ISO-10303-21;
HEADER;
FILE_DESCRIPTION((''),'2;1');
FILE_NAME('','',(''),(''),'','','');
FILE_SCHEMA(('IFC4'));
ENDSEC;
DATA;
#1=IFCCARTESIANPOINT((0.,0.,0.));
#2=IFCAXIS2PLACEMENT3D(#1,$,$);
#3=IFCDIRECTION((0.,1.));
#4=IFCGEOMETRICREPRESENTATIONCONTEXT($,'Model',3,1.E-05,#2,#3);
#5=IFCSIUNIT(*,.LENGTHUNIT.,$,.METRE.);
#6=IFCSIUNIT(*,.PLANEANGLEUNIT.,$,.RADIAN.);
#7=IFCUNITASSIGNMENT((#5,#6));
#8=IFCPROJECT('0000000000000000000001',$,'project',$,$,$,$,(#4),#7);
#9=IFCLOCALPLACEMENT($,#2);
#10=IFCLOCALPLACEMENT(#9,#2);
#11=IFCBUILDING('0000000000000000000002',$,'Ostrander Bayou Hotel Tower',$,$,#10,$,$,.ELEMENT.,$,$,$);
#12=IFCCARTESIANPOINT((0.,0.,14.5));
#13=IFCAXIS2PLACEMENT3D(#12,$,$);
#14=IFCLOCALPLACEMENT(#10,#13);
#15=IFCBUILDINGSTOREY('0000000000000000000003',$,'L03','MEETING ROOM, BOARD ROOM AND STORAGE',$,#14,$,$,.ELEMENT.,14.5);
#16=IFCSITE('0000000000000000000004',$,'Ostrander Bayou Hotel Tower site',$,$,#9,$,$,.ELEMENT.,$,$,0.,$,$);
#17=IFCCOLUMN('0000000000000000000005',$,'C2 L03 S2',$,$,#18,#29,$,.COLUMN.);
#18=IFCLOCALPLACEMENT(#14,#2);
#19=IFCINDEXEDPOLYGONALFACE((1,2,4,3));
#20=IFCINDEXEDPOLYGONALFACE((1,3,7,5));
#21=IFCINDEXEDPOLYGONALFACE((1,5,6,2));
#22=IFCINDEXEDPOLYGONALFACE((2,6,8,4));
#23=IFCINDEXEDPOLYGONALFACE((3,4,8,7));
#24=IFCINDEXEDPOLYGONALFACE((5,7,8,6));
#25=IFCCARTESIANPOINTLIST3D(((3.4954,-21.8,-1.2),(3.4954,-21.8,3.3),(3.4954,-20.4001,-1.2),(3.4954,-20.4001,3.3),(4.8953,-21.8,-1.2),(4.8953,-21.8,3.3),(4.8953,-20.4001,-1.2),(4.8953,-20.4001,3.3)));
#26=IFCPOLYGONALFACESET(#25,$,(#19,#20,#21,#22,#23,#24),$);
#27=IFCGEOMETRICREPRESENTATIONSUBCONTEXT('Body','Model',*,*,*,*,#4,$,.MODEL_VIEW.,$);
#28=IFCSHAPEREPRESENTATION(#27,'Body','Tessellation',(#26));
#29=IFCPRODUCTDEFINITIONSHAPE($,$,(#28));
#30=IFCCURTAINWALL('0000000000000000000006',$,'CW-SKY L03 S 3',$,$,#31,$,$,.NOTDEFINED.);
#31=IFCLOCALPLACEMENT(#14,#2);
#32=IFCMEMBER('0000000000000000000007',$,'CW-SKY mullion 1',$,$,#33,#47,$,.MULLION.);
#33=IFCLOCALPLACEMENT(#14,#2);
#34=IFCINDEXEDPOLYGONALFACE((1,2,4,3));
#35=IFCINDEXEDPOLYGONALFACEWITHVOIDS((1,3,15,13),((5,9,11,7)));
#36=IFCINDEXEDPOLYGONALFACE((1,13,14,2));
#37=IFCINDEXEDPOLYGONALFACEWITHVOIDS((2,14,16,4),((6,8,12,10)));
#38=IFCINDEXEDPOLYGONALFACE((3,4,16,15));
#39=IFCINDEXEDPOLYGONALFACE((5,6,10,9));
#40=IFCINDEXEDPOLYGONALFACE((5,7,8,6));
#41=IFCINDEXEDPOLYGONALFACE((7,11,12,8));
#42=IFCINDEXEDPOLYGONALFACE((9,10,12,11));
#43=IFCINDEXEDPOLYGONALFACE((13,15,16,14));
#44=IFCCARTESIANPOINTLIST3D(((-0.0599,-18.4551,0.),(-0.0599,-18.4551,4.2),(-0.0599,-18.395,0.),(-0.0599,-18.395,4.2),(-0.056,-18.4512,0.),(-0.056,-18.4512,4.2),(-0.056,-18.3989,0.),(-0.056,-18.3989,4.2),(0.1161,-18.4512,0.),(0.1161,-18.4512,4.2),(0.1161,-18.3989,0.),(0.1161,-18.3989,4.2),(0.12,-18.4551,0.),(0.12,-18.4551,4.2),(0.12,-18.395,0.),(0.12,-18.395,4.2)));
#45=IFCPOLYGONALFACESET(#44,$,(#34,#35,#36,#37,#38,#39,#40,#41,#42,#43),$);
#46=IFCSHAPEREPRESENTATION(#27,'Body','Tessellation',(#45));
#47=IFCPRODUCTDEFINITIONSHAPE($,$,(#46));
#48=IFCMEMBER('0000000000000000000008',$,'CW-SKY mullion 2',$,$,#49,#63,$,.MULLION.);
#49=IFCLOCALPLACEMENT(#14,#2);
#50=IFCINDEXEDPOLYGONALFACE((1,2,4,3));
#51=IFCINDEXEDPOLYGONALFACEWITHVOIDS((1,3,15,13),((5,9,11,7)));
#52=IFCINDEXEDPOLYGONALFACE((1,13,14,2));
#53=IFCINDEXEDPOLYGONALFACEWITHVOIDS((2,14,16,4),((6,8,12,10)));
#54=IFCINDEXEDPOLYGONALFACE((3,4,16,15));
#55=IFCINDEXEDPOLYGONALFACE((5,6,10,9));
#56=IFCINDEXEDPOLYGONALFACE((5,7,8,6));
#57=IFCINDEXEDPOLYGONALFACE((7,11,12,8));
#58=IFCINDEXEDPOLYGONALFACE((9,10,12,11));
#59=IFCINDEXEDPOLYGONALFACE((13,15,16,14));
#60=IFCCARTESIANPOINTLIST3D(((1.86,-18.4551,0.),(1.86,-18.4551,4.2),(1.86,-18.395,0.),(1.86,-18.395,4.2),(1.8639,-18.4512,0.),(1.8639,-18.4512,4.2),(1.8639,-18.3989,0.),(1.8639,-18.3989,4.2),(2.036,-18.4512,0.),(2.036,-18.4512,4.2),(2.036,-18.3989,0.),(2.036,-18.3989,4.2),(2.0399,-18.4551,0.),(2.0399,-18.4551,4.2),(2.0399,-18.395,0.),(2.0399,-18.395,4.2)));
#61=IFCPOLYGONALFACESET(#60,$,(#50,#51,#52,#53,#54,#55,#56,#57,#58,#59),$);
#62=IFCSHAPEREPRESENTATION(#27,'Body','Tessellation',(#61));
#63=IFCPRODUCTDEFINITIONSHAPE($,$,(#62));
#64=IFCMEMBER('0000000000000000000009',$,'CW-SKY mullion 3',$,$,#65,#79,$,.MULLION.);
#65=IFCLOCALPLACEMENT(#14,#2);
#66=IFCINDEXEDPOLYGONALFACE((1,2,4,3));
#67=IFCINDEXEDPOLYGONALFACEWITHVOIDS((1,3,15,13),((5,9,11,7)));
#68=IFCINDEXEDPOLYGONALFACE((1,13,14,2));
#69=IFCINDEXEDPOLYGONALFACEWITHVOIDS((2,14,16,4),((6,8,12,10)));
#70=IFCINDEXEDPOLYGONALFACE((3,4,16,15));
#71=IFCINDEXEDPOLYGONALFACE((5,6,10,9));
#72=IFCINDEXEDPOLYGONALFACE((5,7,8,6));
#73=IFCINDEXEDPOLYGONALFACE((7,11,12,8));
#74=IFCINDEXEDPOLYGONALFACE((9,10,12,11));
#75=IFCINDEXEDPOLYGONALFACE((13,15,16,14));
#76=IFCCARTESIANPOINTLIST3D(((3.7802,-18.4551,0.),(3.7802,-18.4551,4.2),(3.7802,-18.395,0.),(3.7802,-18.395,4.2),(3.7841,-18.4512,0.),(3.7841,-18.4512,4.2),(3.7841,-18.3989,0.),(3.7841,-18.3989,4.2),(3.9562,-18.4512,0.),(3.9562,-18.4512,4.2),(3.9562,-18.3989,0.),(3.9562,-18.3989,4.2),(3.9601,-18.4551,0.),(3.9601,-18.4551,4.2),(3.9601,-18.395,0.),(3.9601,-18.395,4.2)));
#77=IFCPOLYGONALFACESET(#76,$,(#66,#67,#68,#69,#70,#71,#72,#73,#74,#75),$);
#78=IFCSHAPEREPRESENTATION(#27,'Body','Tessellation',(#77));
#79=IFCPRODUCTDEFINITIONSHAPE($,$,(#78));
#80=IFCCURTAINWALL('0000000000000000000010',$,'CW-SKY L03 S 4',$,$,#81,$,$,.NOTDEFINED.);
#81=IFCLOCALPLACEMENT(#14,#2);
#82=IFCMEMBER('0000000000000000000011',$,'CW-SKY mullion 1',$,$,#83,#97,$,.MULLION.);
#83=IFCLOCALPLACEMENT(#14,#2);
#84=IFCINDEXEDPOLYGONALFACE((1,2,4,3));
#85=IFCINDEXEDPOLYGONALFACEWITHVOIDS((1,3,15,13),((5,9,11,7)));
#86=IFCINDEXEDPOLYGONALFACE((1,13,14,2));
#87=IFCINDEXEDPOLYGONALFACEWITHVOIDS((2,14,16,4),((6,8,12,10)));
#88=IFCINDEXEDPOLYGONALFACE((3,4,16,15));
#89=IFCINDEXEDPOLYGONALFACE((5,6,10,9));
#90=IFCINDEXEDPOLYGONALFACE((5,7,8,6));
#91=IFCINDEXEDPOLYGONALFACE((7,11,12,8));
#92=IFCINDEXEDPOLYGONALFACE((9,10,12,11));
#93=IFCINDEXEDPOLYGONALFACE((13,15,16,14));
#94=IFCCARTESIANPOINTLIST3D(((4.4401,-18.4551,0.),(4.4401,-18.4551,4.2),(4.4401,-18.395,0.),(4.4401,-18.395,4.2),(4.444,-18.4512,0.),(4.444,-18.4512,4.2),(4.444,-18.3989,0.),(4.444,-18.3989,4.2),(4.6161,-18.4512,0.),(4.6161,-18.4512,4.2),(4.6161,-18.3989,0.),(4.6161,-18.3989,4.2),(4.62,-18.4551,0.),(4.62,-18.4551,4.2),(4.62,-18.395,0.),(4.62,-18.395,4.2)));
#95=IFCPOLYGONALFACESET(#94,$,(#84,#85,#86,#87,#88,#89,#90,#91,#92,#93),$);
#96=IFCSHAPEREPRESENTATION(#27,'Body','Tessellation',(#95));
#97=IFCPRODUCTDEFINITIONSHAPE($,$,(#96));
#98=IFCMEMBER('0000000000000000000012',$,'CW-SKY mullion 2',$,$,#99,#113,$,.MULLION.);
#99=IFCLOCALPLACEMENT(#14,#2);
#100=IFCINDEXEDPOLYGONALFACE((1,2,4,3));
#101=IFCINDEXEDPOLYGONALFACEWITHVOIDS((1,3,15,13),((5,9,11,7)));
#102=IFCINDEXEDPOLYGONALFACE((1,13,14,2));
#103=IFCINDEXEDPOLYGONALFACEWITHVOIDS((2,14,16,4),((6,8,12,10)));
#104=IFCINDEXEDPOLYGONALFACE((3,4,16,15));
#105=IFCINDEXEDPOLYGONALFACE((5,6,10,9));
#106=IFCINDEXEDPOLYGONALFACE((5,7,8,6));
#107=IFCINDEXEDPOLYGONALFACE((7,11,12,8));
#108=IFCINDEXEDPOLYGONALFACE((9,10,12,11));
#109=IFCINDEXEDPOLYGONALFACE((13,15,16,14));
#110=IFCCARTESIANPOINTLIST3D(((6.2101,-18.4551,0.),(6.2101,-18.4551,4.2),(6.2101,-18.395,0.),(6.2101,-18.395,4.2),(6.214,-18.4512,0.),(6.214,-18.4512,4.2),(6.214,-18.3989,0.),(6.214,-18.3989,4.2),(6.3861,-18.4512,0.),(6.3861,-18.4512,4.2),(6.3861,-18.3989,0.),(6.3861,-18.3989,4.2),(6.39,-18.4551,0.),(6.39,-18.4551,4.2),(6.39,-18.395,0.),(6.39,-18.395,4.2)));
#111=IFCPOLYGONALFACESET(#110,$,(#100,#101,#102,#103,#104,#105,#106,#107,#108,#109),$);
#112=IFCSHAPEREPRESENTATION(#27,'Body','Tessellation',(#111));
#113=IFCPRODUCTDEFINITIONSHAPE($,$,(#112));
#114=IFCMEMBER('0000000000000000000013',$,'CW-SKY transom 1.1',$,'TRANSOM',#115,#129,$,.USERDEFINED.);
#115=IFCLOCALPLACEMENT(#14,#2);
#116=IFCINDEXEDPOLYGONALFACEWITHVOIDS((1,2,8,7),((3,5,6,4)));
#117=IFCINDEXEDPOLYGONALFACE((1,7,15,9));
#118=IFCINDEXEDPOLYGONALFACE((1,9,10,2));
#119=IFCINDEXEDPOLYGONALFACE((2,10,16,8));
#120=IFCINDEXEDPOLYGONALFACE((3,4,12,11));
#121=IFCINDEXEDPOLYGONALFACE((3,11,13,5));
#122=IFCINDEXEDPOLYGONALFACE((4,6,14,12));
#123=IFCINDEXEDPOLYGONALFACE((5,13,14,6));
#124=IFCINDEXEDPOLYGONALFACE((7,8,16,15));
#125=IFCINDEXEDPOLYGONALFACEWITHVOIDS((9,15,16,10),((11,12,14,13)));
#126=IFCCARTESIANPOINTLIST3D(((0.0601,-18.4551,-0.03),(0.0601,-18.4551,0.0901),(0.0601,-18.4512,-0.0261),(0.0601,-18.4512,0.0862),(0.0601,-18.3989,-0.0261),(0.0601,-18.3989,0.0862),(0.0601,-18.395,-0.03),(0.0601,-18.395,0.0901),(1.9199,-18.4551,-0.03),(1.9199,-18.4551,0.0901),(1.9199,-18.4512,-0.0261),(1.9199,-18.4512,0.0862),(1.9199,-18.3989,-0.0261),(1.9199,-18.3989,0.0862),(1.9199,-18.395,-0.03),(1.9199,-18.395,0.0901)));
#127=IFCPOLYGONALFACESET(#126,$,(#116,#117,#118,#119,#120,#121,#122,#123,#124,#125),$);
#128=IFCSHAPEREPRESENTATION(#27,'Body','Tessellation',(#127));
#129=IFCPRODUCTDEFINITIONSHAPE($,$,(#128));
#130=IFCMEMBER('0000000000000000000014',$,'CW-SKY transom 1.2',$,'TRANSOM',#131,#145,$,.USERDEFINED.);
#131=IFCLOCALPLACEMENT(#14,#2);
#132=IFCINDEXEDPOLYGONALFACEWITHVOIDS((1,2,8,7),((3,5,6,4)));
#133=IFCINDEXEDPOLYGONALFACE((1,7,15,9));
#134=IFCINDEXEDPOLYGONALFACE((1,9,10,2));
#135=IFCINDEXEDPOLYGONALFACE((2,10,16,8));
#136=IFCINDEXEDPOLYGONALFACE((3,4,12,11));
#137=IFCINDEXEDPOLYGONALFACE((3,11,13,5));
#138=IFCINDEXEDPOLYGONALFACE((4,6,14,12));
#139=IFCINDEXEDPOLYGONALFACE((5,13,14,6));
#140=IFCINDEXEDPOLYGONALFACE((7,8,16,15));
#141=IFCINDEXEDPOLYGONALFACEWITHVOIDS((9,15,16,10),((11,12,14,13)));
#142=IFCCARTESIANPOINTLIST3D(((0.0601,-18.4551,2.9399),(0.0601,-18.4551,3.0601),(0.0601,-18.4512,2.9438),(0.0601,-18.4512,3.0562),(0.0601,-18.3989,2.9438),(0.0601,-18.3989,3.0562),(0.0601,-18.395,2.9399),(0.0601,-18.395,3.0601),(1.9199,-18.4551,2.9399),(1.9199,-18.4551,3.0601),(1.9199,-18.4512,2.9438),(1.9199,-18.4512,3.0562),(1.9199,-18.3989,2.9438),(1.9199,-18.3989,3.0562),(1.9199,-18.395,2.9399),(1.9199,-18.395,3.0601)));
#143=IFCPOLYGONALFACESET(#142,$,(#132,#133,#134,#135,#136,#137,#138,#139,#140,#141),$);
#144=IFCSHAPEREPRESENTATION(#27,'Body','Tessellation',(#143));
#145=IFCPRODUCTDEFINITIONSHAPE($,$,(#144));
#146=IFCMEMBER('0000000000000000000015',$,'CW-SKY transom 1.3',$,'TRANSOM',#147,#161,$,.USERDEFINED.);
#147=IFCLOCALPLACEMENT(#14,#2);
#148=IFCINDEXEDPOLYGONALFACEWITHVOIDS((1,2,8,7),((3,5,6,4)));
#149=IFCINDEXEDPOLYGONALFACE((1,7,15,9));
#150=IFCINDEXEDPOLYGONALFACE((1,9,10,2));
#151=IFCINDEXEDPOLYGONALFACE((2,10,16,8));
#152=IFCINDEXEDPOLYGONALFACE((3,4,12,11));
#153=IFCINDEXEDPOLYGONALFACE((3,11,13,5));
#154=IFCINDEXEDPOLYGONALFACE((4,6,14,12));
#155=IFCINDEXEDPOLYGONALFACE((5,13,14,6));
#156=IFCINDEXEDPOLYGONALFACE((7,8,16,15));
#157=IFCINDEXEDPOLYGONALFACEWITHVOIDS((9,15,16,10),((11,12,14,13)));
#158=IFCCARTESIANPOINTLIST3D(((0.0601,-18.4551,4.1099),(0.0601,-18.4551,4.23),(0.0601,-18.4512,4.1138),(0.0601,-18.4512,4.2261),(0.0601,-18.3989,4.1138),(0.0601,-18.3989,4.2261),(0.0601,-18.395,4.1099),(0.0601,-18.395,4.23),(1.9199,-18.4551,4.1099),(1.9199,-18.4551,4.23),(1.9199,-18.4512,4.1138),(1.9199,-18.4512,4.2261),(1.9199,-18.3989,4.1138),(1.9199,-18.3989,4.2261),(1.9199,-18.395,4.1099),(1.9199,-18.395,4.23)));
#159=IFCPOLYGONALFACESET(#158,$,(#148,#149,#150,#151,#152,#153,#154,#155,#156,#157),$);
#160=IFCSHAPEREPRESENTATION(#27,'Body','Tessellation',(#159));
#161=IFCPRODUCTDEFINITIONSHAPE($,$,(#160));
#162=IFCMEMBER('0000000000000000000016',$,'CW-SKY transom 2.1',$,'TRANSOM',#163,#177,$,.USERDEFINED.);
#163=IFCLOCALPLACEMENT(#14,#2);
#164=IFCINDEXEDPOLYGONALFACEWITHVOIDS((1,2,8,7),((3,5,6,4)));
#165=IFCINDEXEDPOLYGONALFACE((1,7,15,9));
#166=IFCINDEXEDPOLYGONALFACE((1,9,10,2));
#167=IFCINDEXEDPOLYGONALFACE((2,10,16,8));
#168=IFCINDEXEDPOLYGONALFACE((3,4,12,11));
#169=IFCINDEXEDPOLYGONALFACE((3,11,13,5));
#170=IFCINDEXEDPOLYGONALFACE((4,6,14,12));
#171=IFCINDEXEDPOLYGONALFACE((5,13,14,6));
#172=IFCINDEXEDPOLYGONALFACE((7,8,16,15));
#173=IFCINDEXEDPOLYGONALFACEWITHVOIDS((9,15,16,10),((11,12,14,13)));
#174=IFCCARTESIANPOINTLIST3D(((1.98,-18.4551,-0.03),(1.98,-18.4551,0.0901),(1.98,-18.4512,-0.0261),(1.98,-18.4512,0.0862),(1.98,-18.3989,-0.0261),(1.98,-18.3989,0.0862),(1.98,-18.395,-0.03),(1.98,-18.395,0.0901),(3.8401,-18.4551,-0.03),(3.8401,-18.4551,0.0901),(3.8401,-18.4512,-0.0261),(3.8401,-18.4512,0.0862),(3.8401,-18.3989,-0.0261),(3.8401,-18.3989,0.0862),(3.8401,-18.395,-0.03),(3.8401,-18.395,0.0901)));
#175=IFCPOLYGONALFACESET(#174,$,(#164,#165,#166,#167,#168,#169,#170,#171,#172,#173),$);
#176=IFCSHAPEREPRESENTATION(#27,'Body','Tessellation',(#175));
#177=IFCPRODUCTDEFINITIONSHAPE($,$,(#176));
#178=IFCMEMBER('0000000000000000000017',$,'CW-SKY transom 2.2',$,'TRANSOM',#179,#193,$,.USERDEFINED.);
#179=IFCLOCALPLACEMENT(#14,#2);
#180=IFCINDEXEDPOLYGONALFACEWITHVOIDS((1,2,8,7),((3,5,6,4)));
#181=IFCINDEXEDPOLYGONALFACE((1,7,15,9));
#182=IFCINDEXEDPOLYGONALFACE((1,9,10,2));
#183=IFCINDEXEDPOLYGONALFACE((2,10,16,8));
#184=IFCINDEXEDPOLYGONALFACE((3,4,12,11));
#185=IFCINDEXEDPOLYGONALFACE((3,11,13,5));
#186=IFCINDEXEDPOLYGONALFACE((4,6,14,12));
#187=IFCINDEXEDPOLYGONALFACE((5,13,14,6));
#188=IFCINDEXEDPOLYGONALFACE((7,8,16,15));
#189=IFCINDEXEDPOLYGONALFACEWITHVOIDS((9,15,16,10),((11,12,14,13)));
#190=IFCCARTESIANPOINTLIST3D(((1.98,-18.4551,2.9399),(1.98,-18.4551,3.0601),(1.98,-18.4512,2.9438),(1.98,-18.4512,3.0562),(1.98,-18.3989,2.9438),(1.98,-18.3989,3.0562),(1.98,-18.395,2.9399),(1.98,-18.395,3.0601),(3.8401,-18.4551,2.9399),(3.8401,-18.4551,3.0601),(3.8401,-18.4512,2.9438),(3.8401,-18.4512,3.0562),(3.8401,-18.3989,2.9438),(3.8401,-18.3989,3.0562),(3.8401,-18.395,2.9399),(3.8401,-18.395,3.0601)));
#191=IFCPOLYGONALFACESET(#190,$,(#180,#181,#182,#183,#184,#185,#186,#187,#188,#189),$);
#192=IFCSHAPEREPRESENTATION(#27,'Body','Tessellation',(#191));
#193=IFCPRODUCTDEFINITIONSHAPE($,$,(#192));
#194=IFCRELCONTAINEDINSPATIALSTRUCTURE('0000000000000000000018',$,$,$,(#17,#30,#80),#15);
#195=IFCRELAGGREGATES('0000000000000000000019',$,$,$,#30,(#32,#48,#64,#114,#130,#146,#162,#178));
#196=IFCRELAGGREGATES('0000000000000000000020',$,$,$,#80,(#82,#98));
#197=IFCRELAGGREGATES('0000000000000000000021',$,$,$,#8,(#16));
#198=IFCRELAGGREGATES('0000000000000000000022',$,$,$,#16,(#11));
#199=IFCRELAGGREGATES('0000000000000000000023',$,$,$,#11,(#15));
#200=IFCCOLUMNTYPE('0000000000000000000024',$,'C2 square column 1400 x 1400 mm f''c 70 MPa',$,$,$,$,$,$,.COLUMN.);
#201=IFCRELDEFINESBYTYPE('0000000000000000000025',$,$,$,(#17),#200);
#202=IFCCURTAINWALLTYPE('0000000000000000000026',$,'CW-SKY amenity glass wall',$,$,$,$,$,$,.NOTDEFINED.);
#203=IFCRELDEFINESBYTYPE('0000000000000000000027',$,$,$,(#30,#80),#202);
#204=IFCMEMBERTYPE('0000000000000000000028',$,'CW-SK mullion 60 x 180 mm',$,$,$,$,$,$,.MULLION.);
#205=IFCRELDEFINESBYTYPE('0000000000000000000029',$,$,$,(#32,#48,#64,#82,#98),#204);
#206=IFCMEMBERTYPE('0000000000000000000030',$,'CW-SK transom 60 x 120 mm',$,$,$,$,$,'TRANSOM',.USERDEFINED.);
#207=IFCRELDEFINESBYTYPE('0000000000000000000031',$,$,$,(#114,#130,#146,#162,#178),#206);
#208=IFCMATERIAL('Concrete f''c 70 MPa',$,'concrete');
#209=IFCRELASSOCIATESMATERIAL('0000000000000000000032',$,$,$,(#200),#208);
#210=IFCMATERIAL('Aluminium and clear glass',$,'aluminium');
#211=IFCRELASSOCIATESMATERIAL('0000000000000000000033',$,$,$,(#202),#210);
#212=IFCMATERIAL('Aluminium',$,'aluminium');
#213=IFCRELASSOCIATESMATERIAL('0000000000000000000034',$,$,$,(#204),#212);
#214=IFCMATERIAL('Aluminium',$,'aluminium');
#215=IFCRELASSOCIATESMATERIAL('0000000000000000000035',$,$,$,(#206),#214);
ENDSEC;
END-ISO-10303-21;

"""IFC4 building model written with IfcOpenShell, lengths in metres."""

from ifc_helpers import new_model, si_unit, direction, frame, origin, origin_2d, place, context, subcontext, project, spatial, rectangle, hollow_rectangle, extrude, material, material_profile, profile_set, type_object, element, aggregate, save


model = new_model("IFC4")

# Units and contexts
model_context = context("Model", 3, precision=1e-05, world=origin(), true_north=direction((0.0, 1.0)))
body_context = subcontext(model_context, "Body", "Model", "MODEL_VIEW")
ifc_project = project(units=[si_unit("LENGTHUNIT", "METRE"), si_unit("PLANEANGLEUNIT", "RADIAN")], contexts=[model_context])

# Site, building, storey
site_placement = place(None, origin())
site = spatial("IfcSite", under=ifc_project, at=site_placement, Name="Ostrander Bayou Hotel Tower site", CompositionType="ELEMENT", RefElevation=0.0)
building_placement = place(site_placement, origin())
building = spatial("IfcBuilding", under=site, at=building_placement, Name="Ostrander Bayou Hotel Tower", CompositionType="ELEMENT")
storey_placement = place(building_placement, frame((0.0, 0.0, 14.5)))
storey = spatial("IfcBuildingStorey", under=building, at=storey_placement, Name="L03", Description="MEETING ROOM, BOARD ROOM AND STORAGE", CompositionType="ELEMENT", Elevation=14.5)

# Column
ifc_material_1 = material(Name="Concrete f'c 70 MPa", Category="concrete")
ifc_material_profile_1 = material_profile(ifc_material_1, rectangle(XDim=1.3999, YDim=1.3999, at=origin_2d()))
ifc_profile_set_1 = profile_set([ifc_material_profile_1], Name="Concrete f'c 70 MPa")
column_type = type_object("IfcColumnType", Name="C2 square column 1400 x 1400 mm f'c 70 MPa", PredefinedType="COLUMN", material=ifc_profile_set_1)
column_placement = place(storey_placement, frame((4.1953, -21.1001, -1.2), z_axis=(0.0, 0.0, 1.0), x_axis=(-1.0, 0.0, 0.0)))
element("IfcColumn", 1, at=column_placement, inside=storey, type_object=column_type, Name="C2 L03 S2", PredefinedType="COLUMN", context=body_context, shape_type="SweptSolid", body=[
    extrude(rectangle(XDim=1.3999, YDim=1.3999, at=origin_2d()), origin(), (0.0, 0.0, 1.0), 4.5),
])

# Curtain walls, members
ifc_material_2 = material(Name="Aluminium and clear glass", Category="aluminium")
curtain_wall_type = type_object("IfcCurtainWallType", Name="CW-SKY amenity glass wall", PredefinedType="NOTDEFINED", material=ifc_material_2)
curtain_wall_1_placement = place(storey_placement, origin())
curtain_wall_1 = element("IfcCurtainWall", 2, at=curtain_wall_1_placement, inside=storey, type_object=curtain_wall_type, Name="CW-SKY L03 S 3", PredefinedType="NOTDEFINED")
ifc_material_3 = material(Name="Aluminium", Category="aluminium")
ifc_material_profile_2 = material_profile(ifc_material_3, hollow_rectangle(XDim=0.0601, YDim=0.1799, WallThickness=0.0039, at=origin_2d()))
ifc_profile_set_2 = profile_set([ifc_material_profile_2], Name="Aluminium")
member_type_1 = type_object("IfcMemberType", Name="CW-SK mullion 60 x 180 mm", PredefinedType="MULLION", material=ifc_profile_set_2)
member_1_placement = place(storey_placement, frame((0.03, -18.425, 0.0), z_axis=(0.0, 0.0, 1.0), x_axis=(0.0, 1.0, 0.0)))
member_1 = element("IfcMember", 3, at=member_1_placement, type_object=member_type_1, Name="CW-SKY mullion 1", PredefinedType="MULLION", context=body_context, shape_type="SweptSolid", body=[
    extrude(hollow_rectangle(XDim=0.0601, YDim=0.1799, WallThickness=0.0039, at=origin_2d()), origin(), (0.0, 0.0, 1.0), 4.2),
])
member_2_placement = place(storey_placement, frame((1.95, -18.425, 0.0), z_axis=(0.0, 0.0, 1.0), x_axis=(0.0, 1.0, 0.0)))
member_2 = element("IfcMember", 4, at=member_2_placement, type_object=member_type_1, Name="CW-SKY mullion 2", PredefinedType="MULLION", context=body_context, shape_type="SweptSolid", body=[
    extrude(hollow_rectangle(XDim=0.0601, YDim=0.1799, WallThickness=0.0039, at=origin_2d()), origin(), (0.0, 0.0, 1.0), 4.2),
])
member_3_placement = place(storey_placement, frame((3.8701, -18.425, 0.0), z_axis=(0.0, 0.0, 1.0), x_axis=(0.0, 1.0, 0.0)))
member_3 = element("IfcMember", 5, at=member_3_placement, type_object=member_type_1, Name="CW-SKY mullion 3", PredefinedType="MULLION", context=body_context, shape_type="SweptSolid", body=[
    extrude(hollow_rectangle(XDim=0.0601, YDim=0.1799, WallThickness=0.0039, at=origin_2d()), origin(), (0.0, 0.0, 1.0), 4.2),
])
curtain_wall_2_placement = place(storey_placement, origin())
curtain_wall_2 = element("IfcCurtainWall", 6, at=curtain_wall_2_placement, inside=storey, type_object=curtain_wall_type, Name="CW-SKY L03 S 4", PredefinedType="NOTDEFINED")
member_4_placement = place(storey_placement, frame((4.53, -18.425, 0.0), z_axis=(0.0, 0.0, 1.0), x_axis=(0.0, 1.0, 0.0)))
member_4 = element("IfcMember", 7, at=member_4_placement, type_object=member_type_1, Name="CW-SKY mullion 1", PredefinedType="MULLION", context=body_context, shape_type="SweptSolid", body=[
    extrude(hollow_rectangle(XDim=0.0601, YDim=0.1799, WallThickness=0.0039, at=origin_2d()), origin(), (0.0, 0.0, 1.0), 4.2),
])
member_5_placement = place(storey_placement, frame((6.3, -18.425, 0.0), z_axis=(0.0, 0.0, 1.0), x_axis=(0.0, 1.0, 0.0)))
member_5 = element("IfcMember", 8, at=member_5_placement, type_object=member_type_1, Name="CW-SKY mullion 2", PredefinedType="MULLION", context=body_context, shape_type="SweptSolid", body=[
    extrude(hollow_rectangle(XDim=0.0601, YDim=0.1799, WallThickness=0.0039, at=origin_2d()), origin(), (0.0, 0.0, 1.0), 4.2),
])

# Members
ifc_material_4 = material(Name="Aluminium", Category="aluminium")
ifc_material_profile_3 = material_profile(ifc_material_4, hollow_rectangle(XDim=0.0601, YDim=0.1201, WallThickness=0.0039, at=origin_2d()))
ifc_profile_set_3 = profile_set([ifc_material_profile_3], Name="Aluminium")
member_type_2 = type_object("IfcMemberType", Name="CW-SK transom 60 x 120 mm", ElementType="TRANSOM", PredefinedType="USERDEFINED", material=ifc_profile_set_3)
member_6_placement = place(storey_placement, frame((0.0601, -18.425, 0.03), z_axis=(1.0, 0.0, 0.0), x_axis=(0.0, 1.0, 0.0)))
member_6 = element("IfcMember", 9, at=member_6_placement, type_object=member_type_2, Name="CW-SKY transom 1.1", ObjectType="TRANSOM", PredefinedType="USERDEFINED", context=body_context, shape_type="SweptSolid", body=[
    extrude(hollow_rectangle(XDim=0.0601, YDim=0.1201, WallThickness=0.0039, at=origin_2d()), origin(), (0.0, 0.0, 1.0), 1.8599),
])
member_7_placement = place(storey_placement, frame((0.0601, -18.425, 3.0), z_axis=(1.0, 0.0, 0.0), x_axis=(0.0, 1.0, 0.0)))
member_7 = element("IfcMember", 10, at=member_7_placement, type_object=member_type_2, Name="CW-SKY transom 1.2", ObjectType="TRANSOM", PredefinedType="USERDEFINED", context=body_context, shape_type="SweptSolid", body=[
    extrude(hollow_rectangle(XDim=0.0601, YDim=0.1201, WallThickness=0.0039, at=origin_2d()), origin(), (0.0, 0.0, 1.0), 1.8599),
])
member_8_placement = place(storey_placement, frame((0.0601, -18.425, 4.1699), z_axis=(1.0, 0.0, 0.0), x_axis=(0.0, 1.0, 0.0)))
member_8 = element("IfcMember", 11, at=member_8_placement, type_object=member_type_2, Name="CW-SKY transom 1.3", ObjectType="TRANSOM", PredefinedType="USERDEFINED", context=body_context, shape_type="SweptSolid", body=[
    extrude(hollow_rectangle(XDim=0.0601, YDim=0.1201, WallThickness=0.0039, at=origin_2d()), origin(), (0.0, 0.0, 1.0), 1.8599),
])
member_9_placement = place(storey_placement, frame((1.98, -18.425, 0.03), z_axis=(1.0, 0.0, 0.0), x_axis=(0.0, 1.0, 0.0)))
member_9 = element("IfcMember", 12, at=member_9_placement, type_object=member_type_2, Name="CW-SKY transom 2.1", ObjectType="TRANSOM", PredefinedType="USERDEFINED", context=body_context, shape_type="SweptSolid", body=[
    extrude(hollow_rectangle(XDim=0.0601, YDim=0.1201, WallThickness=0.0039, at=origin_2d()), origin(), (0.0, 0.0, 1.0), 1.8601),
])
member_10_placement = place(storey_placement, frame((1.98, -18.425, 3.0), z_axis=(1.0, 0.0, 0.0), x_axis=(0.0, 1.0, 0.0)))
member_10 = element("IfcMember", 13, at=member_10_placement, type_object=member_type_2, Name="CW-SKY transom 2.2", ObjectType="TRANSOM", PredefinedType="USERDEFINED", context=body_context, shape_type="SweptSolid", body=[
    extrude(hollow_rectangle(XDim=0.0601, YDim=0.1201, WallThickness=0.0039, at=origin_2d()), origin(), (0.0, 0.0, 1.0), 1.8601),
])

aggregate(curtain_wall_1, [member_1, member_2, member_3, member_6, member_7, member_8, member_9, member_10])
aggregate(curtain_wall_2, [member_4, member_5])

save(model, "model.ifc")
